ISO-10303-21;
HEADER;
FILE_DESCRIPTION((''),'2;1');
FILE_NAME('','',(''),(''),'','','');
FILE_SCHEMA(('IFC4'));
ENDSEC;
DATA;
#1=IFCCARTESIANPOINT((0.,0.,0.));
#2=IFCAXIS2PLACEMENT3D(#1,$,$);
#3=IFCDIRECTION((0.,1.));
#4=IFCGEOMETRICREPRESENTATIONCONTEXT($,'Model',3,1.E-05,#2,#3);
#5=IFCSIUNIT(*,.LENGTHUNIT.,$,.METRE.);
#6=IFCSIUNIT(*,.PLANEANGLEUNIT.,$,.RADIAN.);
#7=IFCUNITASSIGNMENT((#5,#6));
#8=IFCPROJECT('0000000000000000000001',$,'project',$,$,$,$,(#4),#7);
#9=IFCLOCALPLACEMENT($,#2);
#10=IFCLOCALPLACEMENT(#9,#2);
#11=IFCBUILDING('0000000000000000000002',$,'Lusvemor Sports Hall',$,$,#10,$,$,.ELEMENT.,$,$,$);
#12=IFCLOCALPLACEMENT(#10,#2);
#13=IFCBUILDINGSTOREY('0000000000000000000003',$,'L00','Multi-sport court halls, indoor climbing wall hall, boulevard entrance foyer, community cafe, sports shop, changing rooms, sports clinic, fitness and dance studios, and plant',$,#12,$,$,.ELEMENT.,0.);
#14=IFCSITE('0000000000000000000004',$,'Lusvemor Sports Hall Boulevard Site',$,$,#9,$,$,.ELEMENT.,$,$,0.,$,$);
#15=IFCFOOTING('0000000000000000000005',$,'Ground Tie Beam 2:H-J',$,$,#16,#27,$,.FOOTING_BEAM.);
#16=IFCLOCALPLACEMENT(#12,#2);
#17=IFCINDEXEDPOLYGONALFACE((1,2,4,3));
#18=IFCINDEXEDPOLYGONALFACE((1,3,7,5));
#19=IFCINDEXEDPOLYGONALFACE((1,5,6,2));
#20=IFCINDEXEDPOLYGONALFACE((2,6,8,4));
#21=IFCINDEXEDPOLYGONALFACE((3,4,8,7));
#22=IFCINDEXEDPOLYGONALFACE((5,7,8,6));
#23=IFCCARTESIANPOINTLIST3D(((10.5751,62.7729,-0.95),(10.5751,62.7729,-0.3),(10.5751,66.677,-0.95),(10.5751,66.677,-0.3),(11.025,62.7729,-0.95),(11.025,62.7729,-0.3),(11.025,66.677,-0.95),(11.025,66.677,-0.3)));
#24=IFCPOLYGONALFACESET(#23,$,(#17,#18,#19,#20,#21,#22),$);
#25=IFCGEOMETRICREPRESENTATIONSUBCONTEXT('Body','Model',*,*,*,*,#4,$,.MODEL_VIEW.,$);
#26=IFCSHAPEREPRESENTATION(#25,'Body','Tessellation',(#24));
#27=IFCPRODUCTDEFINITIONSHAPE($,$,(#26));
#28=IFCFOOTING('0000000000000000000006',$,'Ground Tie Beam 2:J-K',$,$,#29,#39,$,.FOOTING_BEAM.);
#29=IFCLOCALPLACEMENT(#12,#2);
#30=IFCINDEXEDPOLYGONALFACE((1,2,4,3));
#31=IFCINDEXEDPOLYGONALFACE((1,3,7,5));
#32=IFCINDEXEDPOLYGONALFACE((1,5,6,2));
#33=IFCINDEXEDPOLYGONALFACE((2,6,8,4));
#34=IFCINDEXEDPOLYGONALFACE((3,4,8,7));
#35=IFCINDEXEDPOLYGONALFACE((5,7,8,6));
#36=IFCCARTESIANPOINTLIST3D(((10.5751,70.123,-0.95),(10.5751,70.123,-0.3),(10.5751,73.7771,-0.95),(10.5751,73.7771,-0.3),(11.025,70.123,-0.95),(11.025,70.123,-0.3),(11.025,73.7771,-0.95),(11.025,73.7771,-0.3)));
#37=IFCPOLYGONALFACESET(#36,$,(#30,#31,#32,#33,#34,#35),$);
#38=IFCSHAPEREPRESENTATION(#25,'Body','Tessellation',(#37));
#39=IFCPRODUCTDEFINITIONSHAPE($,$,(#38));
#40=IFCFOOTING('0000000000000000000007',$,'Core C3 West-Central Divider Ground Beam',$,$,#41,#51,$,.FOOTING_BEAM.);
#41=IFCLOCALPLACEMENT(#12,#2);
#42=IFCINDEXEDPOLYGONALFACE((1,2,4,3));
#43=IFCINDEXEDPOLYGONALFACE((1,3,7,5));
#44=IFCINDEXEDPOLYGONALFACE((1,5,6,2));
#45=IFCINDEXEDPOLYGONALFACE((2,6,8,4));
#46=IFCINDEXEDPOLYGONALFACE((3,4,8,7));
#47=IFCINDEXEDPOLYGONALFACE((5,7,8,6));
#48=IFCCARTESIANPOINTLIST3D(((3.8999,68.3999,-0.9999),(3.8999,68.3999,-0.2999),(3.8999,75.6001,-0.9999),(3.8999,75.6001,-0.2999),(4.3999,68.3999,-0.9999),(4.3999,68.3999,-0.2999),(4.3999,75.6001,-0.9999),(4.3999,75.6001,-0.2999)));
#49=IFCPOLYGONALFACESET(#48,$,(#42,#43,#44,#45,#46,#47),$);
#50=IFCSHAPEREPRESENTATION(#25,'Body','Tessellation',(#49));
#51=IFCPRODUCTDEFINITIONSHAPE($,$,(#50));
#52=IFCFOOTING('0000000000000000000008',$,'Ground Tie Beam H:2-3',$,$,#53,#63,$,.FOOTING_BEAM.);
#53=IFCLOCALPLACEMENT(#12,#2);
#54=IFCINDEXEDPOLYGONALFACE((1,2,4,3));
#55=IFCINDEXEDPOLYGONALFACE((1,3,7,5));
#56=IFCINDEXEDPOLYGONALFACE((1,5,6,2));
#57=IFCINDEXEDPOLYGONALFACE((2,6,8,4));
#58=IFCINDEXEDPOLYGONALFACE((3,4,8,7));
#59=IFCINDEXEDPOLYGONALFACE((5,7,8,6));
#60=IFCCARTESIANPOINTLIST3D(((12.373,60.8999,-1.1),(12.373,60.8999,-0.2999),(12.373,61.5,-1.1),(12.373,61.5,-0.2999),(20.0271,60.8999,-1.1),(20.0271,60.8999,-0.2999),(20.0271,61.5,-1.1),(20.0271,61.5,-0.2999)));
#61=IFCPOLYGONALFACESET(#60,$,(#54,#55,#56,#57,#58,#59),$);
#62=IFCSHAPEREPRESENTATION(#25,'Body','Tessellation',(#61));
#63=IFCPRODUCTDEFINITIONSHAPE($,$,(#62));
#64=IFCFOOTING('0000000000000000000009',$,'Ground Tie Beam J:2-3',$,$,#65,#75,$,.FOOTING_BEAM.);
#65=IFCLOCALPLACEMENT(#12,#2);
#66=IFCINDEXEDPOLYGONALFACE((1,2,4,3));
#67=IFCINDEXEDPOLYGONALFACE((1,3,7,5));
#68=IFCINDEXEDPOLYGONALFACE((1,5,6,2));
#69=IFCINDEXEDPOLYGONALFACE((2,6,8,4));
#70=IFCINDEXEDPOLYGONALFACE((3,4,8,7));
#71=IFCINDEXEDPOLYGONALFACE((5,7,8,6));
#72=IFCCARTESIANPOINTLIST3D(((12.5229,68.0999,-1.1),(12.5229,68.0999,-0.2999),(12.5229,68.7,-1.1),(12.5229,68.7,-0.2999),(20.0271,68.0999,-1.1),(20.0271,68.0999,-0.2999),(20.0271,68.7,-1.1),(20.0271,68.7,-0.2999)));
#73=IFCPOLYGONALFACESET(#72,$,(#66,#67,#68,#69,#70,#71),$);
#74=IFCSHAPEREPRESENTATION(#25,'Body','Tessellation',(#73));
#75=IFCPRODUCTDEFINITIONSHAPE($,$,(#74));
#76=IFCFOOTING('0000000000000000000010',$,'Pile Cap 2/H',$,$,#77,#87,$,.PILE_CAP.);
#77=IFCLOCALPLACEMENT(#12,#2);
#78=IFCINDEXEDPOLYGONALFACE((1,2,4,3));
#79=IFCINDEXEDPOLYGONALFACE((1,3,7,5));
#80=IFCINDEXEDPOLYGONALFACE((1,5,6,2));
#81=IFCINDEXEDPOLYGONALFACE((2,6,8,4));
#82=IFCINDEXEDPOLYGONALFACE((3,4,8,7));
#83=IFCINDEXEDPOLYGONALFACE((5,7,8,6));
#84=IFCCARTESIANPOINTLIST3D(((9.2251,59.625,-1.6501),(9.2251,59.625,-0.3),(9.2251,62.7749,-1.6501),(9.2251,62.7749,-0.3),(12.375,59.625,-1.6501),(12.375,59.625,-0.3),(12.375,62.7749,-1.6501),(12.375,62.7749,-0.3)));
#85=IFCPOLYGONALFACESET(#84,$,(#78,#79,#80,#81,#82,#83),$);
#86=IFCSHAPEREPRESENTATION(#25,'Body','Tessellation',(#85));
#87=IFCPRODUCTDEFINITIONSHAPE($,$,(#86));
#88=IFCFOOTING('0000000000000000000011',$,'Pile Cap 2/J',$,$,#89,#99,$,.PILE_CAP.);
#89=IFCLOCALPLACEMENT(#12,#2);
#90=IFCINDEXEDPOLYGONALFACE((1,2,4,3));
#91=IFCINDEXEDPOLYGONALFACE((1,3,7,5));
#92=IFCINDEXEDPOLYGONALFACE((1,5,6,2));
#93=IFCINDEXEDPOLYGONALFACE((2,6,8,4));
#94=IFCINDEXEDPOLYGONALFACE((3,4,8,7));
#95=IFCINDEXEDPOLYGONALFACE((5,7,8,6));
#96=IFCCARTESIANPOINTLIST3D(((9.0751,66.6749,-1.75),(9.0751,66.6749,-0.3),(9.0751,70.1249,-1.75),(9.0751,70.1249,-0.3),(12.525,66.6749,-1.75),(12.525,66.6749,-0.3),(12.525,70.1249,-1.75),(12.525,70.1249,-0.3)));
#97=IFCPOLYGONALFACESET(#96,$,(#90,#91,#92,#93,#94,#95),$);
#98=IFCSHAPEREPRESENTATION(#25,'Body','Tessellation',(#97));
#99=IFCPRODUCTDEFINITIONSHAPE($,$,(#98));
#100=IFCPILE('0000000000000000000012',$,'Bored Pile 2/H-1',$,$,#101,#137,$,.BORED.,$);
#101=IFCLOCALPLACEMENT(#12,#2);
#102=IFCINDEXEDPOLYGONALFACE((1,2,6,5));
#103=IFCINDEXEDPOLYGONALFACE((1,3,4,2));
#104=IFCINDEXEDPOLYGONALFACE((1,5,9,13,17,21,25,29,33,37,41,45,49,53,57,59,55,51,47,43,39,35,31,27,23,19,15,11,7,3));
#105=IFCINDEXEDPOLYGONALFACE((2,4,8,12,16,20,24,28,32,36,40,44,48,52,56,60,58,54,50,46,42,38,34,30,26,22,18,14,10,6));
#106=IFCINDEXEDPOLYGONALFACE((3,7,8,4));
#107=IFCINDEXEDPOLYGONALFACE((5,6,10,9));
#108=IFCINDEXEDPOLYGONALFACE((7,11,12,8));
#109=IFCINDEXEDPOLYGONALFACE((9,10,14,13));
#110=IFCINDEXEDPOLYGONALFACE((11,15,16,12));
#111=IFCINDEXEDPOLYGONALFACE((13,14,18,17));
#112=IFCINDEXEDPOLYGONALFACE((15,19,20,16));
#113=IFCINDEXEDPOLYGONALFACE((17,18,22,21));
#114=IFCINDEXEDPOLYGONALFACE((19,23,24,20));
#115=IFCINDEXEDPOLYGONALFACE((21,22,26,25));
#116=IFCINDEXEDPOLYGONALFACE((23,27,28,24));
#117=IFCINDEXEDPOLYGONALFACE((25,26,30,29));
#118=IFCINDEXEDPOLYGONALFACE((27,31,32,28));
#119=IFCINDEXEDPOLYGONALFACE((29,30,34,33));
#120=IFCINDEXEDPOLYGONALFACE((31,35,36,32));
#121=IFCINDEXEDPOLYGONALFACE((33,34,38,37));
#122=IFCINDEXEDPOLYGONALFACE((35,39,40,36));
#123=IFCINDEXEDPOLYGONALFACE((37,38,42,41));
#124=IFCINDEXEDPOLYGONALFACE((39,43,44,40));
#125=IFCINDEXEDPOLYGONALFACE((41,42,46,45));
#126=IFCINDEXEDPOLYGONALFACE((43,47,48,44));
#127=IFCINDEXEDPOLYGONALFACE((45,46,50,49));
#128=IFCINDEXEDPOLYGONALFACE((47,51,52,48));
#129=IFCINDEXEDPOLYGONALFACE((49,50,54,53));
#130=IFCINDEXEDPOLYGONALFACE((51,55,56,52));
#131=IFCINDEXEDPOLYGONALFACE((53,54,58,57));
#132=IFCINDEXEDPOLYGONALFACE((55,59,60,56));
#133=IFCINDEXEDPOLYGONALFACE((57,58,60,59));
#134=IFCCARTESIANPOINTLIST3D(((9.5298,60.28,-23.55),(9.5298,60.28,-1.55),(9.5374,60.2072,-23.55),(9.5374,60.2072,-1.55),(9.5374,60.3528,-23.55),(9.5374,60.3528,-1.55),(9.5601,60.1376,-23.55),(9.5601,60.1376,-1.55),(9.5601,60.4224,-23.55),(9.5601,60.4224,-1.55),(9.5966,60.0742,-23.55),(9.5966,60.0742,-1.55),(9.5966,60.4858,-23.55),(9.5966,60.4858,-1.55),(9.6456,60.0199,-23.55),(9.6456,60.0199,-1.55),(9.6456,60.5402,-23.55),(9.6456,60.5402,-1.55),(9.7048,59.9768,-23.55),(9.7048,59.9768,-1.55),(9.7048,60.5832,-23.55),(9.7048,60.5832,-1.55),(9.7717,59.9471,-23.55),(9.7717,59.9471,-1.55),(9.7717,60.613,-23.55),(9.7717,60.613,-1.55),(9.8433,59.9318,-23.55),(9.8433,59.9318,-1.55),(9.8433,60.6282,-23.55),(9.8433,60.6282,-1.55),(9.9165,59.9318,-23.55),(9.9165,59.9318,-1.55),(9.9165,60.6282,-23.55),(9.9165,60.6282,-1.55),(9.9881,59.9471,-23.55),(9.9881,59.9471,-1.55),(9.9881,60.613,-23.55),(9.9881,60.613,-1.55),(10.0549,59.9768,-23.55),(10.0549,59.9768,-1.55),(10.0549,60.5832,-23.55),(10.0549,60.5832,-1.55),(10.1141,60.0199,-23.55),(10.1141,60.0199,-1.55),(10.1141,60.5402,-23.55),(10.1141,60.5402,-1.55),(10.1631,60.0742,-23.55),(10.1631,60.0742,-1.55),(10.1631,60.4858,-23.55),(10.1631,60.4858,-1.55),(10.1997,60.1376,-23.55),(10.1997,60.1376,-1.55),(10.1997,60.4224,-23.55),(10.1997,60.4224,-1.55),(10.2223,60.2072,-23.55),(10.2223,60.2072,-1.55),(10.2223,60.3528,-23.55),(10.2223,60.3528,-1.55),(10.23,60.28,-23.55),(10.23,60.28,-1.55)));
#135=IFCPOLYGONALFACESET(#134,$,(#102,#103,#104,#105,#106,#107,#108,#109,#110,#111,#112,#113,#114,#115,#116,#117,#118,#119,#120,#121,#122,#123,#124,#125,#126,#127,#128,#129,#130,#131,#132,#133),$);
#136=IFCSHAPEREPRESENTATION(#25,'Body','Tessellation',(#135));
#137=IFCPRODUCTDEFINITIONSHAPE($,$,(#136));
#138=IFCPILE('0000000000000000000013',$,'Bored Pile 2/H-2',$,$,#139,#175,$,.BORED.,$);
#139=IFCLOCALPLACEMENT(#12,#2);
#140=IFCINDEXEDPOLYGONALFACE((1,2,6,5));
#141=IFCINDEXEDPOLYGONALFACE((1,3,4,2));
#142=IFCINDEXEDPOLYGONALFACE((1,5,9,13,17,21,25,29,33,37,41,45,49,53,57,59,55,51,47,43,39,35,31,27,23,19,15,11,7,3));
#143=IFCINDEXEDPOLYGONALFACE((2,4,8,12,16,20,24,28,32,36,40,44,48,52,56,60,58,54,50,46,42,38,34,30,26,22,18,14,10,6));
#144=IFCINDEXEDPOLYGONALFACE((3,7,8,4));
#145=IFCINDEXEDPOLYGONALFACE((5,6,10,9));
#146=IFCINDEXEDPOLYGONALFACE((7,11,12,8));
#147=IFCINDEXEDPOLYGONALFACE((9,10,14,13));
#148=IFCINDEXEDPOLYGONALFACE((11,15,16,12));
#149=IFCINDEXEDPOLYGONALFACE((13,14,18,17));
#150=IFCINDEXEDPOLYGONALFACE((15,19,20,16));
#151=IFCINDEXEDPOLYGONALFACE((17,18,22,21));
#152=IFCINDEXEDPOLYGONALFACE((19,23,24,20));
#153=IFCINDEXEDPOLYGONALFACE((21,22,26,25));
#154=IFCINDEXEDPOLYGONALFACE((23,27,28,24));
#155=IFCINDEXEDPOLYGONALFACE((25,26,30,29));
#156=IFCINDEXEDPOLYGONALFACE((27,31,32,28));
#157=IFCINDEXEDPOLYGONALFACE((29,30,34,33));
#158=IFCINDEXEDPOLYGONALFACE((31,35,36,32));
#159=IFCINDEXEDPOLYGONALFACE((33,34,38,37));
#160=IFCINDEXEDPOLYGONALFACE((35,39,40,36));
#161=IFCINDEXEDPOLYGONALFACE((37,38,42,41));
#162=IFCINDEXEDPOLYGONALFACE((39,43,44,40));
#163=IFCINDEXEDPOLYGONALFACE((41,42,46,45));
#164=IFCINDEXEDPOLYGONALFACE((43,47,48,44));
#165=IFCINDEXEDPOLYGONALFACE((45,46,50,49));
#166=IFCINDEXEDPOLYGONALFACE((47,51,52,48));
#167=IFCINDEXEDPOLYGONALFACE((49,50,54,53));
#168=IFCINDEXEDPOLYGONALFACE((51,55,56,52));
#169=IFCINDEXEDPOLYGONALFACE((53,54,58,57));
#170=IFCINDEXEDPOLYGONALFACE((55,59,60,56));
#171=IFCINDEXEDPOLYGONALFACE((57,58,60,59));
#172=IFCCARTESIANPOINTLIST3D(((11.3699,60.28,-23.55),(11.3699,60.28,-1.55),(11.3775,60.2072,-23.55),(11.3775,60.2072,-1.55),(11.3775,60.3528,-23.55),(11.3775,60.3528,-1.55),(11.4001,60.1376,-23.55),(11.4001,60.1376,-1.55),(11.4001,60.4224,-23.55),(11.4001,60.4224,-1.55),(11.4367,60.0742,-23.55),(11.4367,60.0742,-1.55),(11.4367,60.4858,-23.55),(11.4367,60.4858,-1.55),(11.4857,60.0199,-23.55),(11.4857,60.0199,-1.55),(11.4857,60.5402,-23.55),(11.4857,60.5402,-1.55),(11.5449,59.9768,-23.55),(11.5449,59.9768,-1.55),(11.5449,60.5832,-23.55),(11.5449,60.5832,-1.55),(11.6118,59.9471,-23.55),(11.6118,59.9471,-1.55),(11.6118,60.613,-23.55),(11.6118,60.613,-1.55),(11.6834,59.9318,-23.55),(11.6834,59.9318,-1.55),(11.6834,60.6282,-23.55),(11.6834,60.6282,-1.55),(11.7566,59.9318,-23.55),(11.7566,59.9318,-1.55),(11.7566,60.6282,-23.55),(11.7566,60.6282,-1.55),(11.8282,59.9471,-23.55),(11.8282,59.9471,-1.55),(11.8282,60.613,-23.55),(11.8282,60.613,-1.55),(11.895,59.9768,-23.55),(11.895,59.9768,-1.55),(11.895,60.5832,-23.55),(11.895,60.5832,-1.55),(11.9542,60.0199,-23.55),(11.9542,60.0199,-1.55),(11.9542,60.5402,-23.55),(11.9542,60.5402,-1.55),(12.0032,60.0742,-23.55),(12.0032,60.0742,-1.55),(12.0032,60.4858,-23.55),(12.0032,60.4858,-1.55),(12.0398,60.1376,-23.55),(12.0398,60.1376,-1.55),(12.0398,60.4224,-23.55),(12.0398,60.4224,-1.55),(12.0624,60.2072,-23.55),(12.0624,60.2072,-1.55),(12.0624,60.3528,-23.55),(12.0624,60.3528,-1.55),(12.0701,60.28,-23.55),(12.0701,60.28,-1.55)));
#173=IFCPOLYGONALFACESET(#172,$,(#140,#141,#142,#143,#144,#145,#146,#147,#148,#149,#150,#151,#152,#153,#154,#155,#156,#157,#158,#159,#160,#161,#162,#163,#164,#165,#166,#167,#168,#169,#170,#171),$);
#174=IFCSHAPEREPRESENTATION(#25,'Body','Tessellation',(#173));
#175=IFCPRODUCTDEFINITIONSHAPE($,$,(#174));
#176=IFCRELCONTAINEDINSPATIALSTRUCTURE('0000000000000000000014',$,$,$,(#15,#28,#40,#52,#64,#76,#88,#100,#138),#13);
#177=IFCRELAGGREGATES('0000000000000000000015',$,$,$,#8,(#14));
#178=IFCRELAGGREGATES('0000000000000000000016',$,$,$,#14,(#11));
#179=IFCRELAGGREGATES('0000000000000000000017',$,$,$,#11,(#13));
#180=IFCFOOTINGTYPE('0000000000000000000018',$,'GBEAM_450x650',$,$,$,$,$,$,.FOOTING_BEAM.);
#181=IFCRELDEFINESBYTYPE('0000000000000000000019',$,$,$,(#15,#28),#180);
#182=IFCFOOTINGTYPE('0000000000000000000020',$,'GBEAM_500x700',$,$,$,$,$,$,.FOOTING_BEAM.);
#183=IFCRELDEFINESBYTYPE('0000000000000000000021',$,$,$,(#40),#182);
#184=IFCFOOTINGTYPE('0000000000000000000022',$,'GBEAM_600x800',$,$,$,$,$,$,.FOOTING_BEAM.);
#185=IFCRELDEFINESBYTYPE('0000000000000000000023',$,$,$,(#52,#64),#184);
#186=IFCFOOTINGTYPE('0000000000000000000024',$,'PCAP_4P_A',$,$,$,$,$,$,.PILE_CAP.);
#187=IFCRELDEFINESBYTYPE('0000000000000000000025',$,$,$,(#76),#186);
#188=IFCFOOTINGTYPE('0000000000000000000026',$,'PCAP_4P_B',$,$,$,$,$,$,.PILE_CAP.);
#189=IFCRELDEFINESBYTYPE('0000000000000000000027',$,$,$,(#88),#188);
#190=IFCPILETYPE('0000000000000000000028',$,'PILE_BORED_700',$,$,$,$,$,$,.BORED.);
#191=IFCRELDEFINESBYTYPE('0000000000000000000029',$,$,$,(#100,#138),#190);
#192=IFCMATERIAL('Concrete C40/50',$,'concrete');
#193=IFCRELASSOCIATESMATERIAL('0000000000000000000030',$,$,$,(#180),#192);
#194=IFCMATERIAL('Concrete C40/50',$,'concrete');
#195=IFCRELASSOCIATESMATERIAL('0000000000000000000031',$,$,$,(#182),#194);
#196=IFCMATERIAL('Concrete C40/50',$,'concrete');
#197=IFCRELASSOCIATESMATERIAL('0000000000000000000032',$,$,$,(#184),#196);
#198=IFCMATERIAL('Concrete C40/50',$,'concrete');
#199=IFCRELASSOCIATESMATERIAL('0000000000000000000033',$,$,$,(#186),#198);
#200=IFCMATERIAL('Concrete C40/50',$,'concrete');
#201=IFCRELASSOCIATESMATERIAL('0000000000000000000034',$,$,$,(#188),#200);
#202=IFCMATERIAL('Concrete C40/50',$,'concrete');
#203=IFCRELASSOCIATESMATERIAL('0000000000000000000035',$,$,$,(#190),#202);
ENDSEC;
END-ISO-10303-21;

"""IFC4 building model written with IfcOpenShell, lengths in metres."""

from ifc_helpers import new_model, si_unit, direction, frame, origin, origin_2d, place, context, subcontext, project, spatial, rectangle, circle, extrude, material, material_profile, profile_set, type_object, element, save


model = new_model("IFC4")

# Units and contexts
model_context = context("Model", 3, precision=1e-05, world=origin(), true_north=direction((0.0, 1.0)))
body_context = subcontext(model_context, "Body", "Model", "MODEL_VIEW")
ifc_project = project(units=[si_unit("LENGTHUNIT", "METRE"), si_unit("PLANEANGLEUNIT", "RADIAN")], contexts=[model_context])

# Site, building, storey
site_placement = place(None, origin())
site = spatial("IfcSite", under=ifc_project, at=site_placement, Name="Lusvemor Sports Hall Boulevard Site", CompositionType="ELEMENT", RefElevation=0.0)
building_placement = place(site_placement, origin())
building = spatial("IfcBuilding", under=site, at=building_placement, Name="Lusvemor Sports Hall", CompositionType="ELEMENT")
storey_placement = place(building_placement, origin())
storey = spatial("IfcBuildingStorey", under=building, at=storey_placement, Name="L00", Description="Multi-sport court halls, indoor climbing wall hall, boulevard entrance foyer, community cafe, sports shop, changing rooms, sports clinic, fitness and dance studios, and plant", CompositionType="ELEMENT", Elevation=0.0)

# Footings
ifc_material_1 = material(Name="Concrete C40/50", Category="concrete")
ifc_material_profile_1 = material_profile(ifc_material_1, rectangle(XDim=0.45, YDim=0.6499, at=origin_2d()), Name="GB_450x650")
ifc_profile_set_1 = profile_set([ifc_material_profile_1], Name="Concrete C40/50")
footing_type_1 = type_object("IfcFootingType", Name="GBEAM_450x650", PredefinedType="FOOTING_BEAM", material=ifc_profile_set_1)
footing_1_placement = place(storey_placement, frame((10.8, 62.7729, -0.625), z_axis=(0.0, 1.0, 0.0), x_axis=(-1.0, 0.0, 0.0)))
element("IfcFooting", 1, at=footing_1_placement, inside=storey, type_object=footing_type_1, Name="Ground Tie Beam 2:H-J", PredefinedType="FOOTING_BEAM", context=body_context, shape_type="SweptSolid", body=[
    extrude(rectangle(XDim=0.45, YDim=0.6499, at=origin_2d()), origin(), (0.0, 0.0, 1.0), 3.9041),
])
footing_2_placement = place(storey_placement, frame((10.8, 70.123, -0.625), z_axis=(0.0, 1.0, 0.0), x_axis=(-1.0, 0.0, 0.0)))
element("IfcFooting", 2, at=footing_2_placement, inside=storey, type_object=footing_type_1, Name="Ground Tie Beam 2:J-K", PredefinedType="FOOTING_BEAM", context=body_context, shape_type="SweptSolid", body=[
    extrude(rectangle(XDim=0.45, YDim=0.6499, at=origin_2d()), origin(), (0.0, 0.0, 1.0), 3.6541),
])
ifc_material_2 = material(Name="Concrete C40/50", Category="concrete")
ifc_material_profile_2 = material_profile(ifc_material_2, rectangle(XDim=0.5, YDim=0.7, at=origin_2d()), Name="GB_500x700")
ifc_profile_set_2 = profile_set([ifc_material_profile_2], Name="Concrete C40/50")
footing_type_2 = type_object("IfcFootingType", Name="GBEAM_500x700", PredefinedType="FOOTING_BEAM", material=ifc_profile_set_2)
footing_3_placement = place(storey_placement, frame((4.1499, 68.3999, -0.6499), z_axis=(0.0, 1.0, 0.0), x_axis=(-1.0, 0.0, 0.0)))
element("IfcFooting", 3, at=footing_3_placement, inside=storey, type_object=footing_type_2, Name="Core C3 West-Central Divider Ground Beam", PredefinedType="FOOTING_BEAM", context=body_context, shape_type="SweptSolid", body=[
    extrude(rectangle(XDim=0.5, YDim=0.7, at=origin_2d()), origin(), (0.0, 0.0, 1.0), 7.2002),
])
ifc_material_3 = material(Name="Concrete C40/50", Category="concrete")
ifc_material_profile_3 = material_profile(ifc_material_3, rectangle(XDim=0.6001, YDim=0.8, at=origin_2d()), Name="GB_600x800")
ifc_profile_set_3 = profile_set([ifc_material_profile_3], Name="Concrete C40/50")
footing_type_3 = type_object("IfcFootingType", Name="GBEAM_600x800", PredefinedType="FOOTING_BEAM", material=ifc_profile_set_3)
footing_4_placement = place(storey_placement, frame((12.373, 61.2, -0.7), z_axis=(1.0, 0.0, 0.0), x_axis=(0.0, 1.0, 0.0)))
element("IfcFooting", 4, at=footing_4_placement, inside=storey, type_object=footing_type_3, Name="Ground Tie Beam H:2-3", PredefinedType="FOOTING_BEAM", context=body_context, shape_type="SweptSolid", body=[
    extrude(rectangle(XDim=0.6001, YDim=0.8, at=origin_2d()), origin(), (0.0, 0.0, 1.0), 7.6541),
])
footing_5_placement = place(storey_placement, frame((12.5229, 68.3999, -0.7), z_axis=(1.0, 0.0, 0.0), x_axis=(0.0, 1.0, 0.0)))
element("IfcFooting", 5, at=footing_5_placement, inside=storey, type_object=footing_type_3, Name="Ground Tie Beam J:2-3", PredefinedType="FOOTING_BEAM", context=body_context, shape_type="SweptSolid", body=[
    extrude(rectangle(XDim=0.6001, YDim=0.8, at=origin_2d()), origin(), (0.0, 0.0, 1.0), 7.5042),
])
ifc_material_4 = material(Name="Concrete C40/50", Category="concrete")
footing_type_4 = type_object("IfcFootingType", Name="PCAP_4P_A", PredefinedType="PILE_CAP", material=ifc_material_4)
footing_6_placement = place(storey_placement, frame((10.8, 61.2, -1.6501), z_axis=(0.0, 0.0, 1.0), x_axis=(1.0, 0.0, 0.0)))
element("IfcFooting", 6, at=footing_6_placement, inside=storey, type_object=footing_type_4, Name="Pile Cap 2/H", PredefinedType="PILE_CAP", context=body_context, shape_type="SweptSolid", body=[
    extrude(rectangle(XDim=3.1499, YDim=3.1499, at=origin_2d()), origin(), (0.0, 0.0, 1.0), 1.3501),
])
ifc_material_5 = material(Name="Concrete C40/50", Category="concrete")
footing_type_5 = type_object("IfcFootingType", Name="PCAP_4P_B", PredefinedType="PILE_CAP", material=ifc_material_5)
footing_7_placement = place(storey_placement, frame((10.8, 68.3999, -1.75), z_axis=(0.0, 0.0, 1.0), x_axis=(1.0, 0.0, 0.0)))
element("IfcFooting", 7, at=footing_7_placement, inside=storey, type_object=footing_type_5, Name="Pile Cap 2/J", PredefinedType="PILE_CAP", context=body_context, shape_type="SweptSolid", body=[
    extrude(rectangle(XDim=3.45, YDim=3.45, at=origin_2d()), origin(), (0.0, 0.0, 1.0), 1.45),
])

# Piles
ifc_material_6 = material(Name="Concrete C40/50", Category="concrete")
ifc_material_profile_4 = material_profile(ifc_material_6, circle(Radius=0.3501, at=origin_2d()), Name="PILE700")
ifc_profile_set_4 = profile_set([ifc_material_profile_4], Name="Concrete C40/50")
pile_type_1 = type_object("IfcPileType", Name="PILE_BORED_700", PredefinedType="BORED", material=ifc_profile_set_4)
for number, where, z_axis, x_axis, name in (
    (8, (9.8799, 60.28, -1.55), (0.0, 0.0, -1.0), (1.0, 0.0, 0.0), "Bored Pile 2/H-1"),
    (9, (11.72, 60.28, -1.55), (0.0, 0.0, -1.0), (1.0, 0.0, 0.0), "Bored Pile 2/H-2"),
):
    element("IfcPile", number, at=place(storey_placement, frame(where, z_axis=z_axis, x_axis=x_axis)), inside=storey, type_object=pile_type_1, Name=name, PredefinedType="BORED", context=body_context, shape_type="SweptSolid", body=[
        extrude(circle(Radius=0.3501, at=origin_2d()), origin(), (0.0, 0.0, 1.0), 22.0),
    ])

save(model, "model.ifc")
